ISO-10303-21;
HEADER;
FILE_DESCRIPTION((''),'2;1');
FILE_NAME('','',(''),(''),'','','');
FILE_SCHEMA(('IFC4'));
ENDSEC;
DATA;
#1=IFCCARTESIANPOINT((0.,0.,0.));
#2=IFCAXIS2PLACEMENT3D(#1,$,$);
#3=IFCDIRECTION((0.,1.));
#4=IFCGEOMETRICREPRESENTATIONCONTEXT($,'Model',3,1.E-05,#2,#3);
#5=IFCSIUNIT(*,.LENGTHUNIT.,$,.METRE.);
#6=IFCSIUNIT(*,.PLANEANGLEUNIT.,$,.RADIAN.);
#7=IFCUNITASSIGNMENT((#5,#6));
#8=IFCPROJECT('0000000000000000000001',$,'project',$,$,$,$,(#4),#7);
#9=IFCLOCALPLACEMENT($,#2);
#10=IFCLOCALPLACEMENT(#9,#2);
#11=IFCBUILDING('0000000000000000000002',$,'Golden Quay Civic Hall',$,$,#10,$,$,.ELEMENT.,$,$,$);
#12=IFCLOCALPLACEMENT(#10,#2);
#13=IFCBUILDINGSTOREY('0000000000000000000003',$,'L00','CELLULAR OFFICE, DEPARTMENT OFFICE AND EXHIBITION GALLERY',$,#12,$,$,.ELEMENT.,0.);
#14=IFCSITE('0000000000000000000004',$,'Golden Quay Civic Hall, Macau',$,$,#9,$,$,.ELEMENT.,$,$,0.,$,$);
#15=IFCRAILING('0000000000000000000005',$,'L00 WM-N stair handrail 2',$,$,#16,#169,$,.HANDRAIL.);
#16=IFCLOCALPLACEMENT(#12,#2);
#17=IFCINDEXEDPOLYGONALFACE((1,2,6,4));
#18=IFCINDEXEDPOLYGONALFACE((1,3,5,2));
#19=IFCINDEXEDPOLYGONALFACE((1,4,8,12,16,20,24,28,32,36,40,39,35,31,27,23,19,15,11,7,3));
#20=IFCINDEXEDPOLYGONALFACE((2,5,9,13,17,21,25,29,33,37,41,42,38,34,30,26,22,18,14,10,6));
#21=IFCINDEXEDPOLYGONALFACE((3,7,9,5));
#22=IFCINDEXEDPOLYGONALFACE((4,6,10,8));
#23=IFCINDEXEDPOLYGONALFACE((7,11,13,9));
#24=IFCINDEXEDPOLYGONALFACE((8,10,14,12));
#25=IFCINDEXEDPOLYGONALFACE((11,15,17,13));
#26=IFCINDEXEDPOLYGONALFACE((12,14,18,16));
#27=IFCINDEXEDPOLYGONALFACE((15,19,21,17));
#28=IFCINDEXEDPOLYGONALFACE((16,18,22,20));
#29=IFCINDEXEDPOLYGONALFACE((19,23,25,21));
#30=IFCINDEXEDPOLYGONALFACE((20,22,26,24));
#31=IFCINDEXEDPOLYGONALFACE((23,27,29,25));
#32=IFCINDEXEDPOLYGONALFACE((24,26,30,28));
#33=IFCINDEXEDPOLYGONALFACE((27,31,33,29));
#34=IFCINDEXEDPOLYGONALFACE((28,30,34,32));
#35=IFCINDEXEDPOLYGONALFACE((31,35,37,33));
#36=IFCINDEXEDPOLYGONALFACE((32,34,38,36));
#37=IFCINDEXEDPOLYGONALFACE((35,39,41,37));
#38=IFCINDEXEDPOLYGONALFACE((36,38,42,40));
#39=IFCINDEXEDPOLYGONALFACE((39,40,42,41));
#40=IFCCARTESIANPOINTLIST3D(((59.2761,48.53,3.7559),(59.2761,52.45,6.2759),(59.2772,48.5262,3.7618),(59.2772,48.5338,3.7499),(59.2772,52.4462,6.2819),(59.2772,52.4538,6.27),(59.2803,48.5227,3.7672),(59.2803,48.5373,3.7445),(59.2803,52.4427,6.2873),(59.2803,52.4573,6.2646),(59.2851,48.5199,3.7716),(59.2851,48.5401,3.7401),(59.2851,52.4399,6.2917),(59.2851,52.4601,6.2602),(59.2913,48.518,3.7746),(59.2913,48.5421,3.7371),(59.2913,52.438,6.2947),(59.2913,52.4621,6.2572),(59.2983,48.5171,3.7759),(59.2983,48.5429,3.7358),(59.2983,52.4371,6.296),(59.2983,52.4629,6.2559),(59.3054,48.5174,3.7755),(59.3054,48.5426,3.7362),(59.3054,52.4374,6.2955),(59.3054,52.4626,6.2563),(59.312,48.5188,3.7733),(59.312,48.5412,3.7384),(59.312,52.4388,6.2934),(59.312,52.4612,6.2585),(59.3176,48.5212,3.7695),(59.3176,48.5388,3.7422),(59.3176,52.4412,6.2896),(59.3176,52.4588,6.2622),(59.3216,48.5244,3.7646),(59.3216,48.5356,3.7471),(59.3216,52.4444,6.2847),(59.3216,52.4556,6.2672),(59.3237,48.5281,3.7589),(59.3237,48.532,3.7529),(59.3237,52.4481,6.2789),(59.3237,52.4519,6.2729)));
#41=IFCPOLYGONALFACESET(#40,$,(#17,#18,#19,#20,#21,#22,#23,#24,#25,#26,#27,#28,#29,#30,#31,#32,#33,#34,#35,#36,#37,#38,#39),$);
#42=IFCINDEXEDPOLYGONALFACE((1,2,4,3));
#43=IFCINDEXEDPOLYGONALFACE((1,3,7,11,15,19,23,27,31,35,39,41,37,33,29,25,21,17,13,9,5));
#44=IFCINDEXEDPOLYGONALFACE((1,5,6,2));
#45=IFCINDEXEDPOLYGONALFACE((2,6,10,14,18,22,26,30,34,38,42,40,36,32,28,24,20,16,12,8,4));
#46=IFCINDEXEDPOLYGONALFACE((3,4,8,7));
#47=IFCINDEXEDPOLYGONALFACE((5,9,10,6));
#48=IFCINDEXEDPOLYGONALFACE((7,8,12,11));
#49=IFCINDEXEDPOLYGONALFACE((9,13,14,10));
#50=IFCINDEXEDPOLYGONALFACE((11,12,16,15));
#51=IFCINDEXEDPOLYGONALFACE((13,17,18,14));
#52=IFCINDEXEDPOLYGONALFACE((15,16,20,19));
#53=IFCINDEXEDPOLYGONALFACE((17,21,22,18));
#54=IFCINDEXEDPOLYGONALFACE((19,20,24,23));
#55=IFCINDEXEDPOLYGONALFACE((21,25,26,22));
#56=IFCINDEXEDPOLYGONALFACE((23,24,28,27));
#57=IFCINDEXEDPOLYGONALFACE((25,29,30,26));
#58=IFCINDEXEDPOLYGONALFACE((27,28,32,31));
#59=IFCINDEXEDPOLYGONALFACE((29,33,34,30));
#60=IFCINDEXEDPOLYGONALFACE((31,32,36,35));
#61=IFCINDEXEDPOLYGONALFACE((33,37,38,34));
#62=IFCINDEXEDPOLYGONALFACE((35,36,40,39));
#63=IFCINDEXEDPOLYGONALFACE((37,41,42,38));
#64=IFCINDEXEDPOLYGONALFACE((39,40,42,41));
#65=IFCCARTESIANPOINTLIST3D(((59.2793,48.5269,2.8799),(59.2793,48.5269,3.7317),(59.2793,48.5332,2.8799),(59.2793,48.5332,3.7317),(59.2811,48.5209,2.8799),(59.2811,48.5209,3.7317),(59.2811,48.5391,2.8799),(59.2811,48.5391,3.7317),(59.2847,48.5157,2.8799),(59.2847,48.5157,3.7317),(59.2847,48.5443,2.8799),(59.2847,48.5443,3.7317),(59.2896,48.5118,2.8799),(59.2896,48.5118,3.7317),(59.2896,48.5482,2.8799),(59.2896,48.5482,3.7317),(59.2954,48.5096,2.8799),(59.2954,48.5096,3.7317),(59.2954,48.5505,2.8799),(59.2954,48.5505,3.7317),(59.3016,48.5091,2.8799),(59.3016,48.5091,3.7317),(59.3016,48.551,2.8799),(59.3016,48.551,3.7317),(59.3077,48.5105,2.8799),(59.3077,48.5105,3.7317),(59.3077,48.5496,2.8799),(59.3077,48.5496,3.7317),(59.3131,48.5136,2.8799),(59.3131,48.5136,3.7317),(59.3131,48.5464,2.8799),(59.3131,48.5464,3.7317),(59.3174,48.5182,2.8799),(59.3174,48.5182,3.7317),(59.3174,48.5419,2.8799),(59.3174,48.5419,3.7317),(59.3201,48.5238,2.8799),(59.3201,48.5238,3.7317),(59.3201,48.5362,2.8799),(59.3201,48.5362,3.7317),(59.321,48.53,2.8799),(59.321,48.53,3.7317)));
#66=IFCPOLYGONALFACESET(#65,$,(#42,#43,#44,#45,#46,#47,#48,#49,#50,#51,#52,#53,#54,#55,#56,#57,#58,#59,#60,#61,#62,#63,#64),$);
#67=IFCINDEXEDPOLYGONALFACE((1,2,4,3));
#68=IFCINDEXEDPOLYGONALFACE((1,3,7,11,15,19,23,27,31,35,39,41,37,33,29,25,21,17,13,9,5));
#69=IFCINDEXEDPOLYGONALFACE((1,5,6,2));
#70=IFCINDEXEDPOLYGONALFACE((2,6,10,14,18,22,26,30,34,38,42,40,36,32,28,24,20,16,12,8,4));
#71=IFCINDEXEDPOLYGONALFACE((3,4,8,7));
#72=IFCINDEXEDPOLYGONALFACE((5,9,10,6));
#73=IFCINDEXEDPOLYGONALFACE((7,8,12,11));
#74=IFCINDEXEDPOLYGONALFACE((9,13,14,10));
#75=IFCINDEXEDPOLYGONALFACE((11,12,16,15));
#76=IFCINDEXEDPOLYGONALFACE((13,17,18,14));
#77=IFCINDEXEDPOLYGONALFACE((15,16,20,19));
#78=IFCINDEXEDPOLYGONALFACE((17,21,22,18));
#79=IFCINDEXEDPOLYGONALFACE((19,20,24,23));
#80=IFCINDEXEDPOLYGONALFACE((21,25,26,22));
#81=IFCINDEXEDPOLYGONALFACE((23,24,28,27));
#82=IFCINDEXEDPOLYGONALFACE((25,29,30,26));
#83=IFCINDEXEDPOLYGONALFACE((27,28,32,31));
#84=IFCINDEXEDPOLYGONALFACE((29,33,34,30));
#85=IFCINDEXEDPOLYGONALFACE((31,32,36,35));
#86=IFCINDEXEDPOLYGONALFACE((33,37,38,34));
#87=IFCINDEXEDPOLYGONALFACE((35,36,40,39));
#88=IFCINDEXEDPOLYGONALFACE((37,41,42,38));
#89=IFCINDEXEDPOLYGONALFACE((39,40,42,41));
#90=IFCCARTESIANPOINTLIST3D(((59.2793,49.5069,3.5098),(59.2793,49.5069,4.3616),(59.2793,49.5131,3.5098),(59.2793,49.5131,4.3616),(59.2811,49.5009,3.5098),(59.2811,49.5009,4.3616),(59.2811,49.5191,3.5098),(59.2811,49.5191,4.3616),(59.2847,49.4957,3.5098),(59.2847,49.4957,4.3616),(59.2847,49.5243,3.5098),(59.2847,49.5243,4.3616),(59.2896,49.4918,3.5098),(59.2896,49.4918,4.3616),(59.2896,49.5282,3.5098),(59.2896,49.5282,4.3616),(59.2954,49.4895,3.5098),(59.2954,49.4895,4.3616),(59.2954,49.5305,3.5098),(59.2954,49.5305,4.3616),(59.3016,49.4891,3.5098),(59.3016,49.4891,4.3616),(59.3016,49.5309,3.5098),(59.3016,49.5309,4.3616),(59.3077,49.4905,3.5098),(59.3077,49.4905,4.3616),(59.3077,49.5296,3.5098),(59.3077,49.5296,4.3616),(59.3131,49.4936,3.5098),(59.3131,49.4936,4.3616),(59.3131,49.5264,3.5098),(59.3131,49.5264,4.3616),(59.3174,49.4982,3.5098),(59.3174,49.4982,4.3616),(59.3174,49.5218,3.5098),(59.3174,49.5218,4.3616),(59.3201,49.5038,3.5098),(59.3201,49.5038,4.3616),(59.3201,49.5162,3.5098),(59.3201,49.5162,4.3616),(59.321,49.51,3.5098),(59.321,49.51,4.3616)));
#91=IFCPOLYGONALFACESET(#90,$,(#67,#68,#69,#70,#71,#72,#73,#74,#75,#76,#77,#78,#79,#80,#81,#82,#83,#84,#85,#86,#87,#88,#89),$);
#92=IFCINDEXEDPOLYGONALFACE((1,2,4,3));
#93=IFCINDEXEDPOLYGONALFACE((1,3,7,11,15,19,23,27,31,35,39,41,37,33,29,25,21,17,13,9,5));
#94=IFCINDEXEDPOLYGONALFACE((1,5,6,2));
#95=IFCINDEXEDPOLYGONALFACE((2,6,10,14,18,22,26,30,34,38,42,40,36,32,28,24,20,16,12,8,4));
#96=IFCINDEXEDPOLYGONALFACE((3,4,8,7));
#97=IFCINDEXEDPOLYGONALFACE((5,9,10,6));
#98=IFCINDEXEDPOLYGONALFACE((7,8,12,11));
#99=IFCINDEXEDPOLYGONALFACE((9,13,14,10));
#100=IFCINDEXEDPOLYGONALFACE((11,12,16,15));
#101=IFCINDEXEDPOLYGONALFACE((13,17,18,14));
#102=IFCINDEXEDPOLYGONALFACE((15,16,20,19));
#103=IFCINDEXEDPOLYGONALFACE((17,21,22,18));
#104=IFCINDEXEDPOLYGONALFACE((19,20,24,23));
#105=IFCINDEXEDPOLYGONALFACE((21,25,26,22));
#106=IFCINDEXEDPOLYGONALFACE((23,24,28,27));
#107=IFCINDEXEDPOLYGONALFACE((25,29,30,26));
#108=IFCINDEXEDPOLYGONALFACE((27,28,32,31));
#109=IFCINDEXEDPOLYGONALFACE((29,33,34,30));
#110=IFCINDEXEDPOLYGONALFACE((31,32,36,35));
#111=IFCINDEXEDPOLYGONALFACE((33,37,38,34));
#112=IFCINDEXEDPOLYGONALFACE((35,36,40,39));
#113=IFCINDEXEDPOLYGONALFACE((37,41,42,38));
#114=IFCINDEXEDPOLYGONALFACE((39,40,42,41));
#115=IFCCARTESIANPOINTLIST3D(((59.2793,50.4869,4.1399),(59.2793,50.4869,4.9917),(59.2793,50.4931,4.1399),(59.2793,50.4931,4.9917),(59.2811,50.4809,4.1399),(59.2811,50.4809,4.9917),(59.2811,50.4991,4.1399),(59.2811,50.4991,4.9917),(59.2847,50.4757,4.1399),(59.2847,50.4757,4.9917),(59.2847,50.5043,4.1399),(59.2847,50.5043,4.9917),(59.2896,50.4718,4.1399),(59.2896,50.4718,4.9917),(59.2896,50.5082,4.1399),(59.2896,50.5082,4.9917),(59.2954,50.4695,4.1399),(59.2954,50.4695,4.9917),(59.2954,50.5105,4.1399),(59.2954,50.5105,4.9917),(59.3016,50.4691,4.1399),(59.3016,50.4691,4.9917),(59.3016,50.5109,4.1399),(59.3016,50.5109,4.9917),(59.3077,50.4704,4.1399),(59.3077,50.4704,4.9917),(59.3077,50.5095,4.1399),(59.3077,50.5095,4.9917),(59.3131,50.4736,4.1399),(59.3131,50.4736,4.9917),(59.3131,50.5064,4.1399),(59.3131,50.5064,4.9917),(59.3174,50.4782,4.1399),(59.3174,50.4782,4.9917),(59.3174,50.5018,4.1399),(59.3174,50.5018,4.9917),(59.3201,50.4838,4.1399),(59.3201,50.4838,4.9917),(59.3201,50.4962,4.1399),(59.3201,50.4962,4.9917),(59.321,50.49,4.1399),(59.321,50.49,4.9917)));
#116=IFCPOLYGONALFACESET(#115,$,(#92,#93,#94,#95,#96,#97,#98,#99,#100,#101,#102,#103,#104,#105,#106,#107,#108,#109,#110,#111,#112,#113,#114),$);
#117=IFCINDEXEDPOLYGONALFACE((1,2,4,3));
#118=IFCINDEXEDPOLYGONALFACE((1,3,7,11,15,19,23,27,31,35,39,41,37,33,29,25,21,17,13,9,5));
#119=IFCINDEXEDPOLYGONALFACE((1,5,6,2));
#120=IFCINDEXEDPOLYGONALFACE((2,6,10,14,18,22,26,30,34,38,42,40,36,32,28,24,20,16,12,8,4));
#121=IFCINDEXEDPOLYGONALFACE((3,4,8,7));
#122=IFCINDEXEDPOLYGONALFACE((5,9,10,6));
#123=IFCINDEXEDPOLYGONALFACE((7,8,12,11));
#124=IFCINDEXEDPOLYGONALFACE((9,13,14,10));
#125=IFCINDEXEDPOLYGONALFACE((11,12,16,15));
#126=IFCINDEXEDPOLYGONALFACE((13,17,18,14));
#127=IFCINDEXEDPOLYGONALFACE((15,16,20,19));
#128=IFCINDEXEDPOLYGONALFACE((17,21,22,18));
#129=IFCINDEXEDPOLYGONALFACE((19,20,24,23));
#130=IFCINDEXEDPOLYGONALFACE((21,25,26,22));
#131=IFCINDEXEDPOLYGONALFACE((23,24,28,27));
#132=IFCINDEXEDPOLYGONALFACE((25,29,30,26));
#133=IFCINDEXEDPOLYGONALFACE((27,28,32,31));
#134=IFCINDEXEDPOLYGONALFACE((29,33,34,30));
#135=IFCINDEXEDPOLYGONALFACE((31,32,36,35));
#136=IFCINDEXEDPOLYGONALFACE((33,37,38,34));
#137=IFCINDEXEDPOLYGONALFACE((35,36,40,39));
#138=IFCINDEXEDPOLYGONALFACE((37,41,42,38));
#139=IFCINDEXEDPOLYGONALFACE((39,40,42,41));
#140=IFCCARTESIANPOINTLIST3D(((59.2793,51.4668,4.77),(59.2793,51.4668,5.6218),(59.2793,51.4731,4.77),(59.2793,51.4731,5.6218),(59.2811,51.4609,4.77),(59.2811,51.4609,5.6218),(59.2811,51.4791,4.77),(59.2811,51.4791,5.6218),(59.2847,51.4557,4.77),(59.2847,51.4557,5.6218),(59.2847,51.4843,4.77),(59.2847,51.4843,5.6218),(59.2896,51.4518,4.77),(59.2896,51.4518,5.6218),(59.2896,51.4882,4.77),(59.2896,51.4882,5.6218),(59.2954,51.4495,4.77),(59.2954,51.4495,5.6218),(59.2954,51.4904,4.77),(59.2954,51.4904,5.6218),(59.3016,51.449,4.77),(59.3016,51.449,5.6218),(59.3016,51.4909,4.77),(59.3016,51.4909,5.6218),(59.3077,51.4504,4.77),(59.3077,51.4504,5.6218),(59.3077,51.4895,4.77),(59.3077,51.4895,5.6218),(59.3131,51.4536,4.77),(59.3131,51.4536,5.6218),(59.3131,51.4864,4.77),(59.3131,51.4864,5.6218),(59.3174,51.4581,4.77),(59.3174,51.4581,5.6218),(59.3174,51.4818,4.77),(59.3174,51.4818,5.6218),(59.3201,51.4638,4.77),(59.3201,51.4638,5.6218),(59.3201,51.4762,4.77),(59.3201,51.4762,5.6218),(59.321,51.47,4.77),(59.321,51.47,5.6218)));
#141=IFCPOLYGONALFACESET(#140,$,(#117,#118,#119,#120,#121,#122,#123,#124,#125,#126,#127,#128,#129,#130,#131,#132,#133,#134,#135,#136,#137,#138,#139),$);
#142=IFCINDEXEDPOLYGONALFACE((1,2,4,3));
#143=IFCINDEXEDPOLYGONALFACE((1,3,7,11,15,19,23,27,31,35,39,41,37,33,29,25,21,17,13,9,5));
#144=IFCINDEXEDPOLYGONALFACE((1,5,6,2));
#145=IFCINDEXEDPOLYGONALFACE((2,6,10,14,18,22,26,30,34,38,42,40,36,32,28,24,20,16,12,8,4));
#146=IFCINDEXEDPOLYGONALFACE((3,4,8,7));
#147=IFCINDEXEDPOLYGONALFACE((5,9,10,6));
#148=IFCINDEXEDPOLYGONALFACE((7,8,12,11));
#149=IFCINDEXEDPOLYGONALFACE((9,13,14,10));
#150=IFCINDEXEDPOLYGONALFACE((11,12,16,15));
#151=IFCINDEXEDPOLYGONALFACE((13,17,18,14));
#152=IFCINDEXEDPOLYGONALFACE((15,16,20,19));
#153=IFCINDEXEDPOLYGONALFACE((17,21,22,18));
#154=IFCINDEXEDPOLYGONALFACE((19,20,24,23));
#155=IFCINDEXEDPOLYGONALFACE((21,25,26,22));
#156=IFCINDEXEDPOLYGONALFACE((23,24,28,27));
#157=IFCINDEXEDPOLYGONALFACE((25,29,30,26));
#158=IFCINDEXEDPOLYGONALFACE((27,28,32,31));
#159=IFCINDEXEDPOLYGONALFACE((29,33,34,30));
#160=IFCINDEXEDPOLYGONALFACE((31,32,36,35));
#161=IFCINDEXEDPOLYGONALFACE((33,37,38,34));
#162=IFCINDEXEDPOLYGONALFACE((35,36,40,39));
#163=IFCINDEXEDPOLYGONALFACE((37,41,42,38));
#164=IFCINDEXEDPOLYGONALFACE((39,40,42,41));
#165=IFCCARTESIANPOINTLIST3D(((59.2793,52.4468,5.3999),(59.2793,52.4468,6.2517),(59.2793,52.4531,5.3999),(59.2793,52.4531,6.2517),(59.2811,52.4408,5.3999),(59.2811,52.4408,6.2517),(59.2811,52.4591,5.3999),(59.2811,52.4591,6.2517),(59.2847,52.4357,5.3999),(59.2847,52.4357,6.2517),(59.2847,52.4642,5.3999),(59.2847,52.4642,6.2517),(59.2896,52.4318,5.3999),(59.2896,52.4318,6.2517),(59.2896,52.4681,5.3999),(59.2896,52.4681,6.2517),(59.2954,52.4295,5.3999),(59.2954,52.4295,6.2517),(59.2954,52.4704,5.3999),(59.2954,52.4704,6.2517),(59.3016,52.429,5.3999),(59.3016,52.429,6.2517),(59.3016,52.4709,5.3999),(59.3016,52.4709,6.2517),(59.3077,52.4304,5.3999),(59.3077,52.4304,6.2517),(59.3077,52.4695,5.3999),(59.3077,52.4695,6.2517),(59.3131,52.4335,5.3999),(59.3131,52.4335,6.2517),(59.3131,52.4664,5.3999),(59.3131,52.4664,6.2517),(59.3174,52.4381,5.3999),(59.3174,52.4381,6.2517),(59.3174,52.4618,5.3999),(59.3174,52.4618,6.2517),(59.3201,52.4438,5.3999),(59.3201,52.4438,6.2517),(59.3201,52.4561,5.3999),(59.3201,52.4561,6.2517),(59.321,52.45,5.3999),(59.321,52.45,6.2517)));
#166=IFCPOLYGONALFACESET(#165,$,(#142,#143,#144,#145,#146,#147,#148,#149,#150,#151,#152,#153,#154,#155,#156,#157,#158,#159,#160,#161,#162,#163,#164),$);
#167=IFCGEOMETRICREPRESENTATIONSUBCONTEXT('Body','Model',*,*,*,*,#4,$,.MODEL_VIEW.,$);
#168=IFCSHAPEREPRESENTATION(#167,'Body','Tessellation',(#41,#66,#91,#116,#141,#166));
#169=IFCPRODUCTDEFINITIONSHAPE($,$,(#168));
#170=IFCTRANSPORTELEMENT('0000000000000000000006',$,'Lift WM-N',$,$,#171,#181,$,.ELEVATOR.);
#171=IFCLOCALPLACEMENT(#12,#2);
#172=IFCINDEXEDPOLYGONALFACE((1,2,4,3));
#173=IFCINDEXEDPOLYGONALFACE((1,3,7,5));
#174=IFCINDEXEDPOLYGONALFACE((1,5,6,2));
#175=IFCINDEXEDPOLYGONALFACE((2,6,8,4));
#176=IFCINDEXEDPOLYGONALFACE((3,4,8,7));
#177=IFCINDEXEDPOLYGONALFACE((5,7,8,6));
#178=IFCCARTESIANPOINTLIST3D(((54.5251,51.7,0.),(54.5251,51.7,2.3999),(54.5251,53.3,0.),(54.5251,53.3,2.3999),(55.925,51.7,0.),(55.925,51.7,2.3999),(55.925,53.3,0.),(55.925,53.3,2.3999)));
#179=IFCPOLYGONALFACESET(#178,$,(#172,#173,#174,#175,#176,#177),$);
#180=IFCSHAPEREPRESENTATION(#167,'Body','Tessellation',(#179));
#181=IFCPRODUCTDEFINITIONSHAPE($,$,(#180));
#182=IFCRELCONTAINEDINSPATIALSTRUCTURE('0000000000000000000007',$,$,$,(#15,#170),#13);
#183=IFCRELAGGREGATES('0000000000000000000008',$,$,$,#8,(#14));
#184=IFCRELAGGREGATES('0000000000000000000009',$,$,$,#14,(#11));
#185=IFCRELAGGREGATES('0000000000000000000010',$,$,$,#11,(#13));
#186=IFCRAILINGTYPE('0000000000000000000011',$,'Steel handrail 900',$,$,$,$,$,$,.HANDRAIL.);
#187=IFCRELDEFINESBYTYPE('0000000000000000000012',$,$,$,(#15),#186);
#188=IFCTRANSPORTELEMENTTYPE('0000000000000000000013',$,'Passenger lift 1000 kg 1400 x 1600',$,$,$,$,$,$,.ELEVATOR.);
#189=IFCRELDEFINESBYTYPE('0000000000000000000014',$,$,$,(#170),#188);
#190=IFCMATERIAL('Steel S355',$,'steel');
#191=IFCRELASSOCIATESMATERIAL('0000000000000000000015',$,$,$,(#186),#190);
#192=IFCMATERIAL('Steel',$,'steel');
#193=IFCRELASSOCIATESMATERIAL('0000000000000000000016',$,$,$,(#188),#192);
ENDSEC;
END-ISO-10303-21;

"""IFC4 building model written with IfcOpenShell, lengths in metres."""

from ifc_helpers import new_model, si_unit, direction, frame, origin, origin_2d, place, context, subcontext, project, spatial, rectangle, circle, extrude, material, type_object, element, save


model = new_model("IFC4")

# Units and contexts
model_context = context("Model", 3, precision=1e-05, world=origin(), true_north=direction((0.0, 1.0)))
body_context = subcontext(model_context, "Body", "Model", "MODEL_VIEW")
ifc_project = project(units=[si_unit("LENGTHUNIT", "METRE"), si_unit("PLANEANGLEUNIT", "RADIAN")], contexts=[model_context])

# Site, building, storey
site_placement = place(None, origin())
site = spatial("IfcSite", under=ifc_project, at=site_placement, Name="Golden Quay Civic Hall, Macau", CompositionType="ELEMENT", RefElevation=0.0)
building_placement = place(site_placement, origin())
building = spatial("IfcBuilding", under=site, at=building_placement, Name="Golden Quay Civic Hall", CompositionType="ELEMENT")
storey_placement = place(building_placement, origin())
storey = spatial("IfcBuildingStorey", under=building, at=storey_placement, Name="L00", Description="CELLULAR OFFICE, DEPARTMENT OFFICE AND EXHIBITION GALLERY", CompositionType="ELEMENT", Elevation=0.0)

# Railing
ifc_material_1 = material(Name="Steel S355", Category="steel")
railing_type_1 = type_object("IfcRailingType", Name="Steel handrail 900", PredefinedType="HANDRAIL", material=ifc_material_1)
railing_1_placement = place(storey_placement, frame((59.3, 48.53, 2.8799)))
element("IfcRailing", 1, at=railing_1_placement, inside=storey, type_object=railing_type_1, Name="L00 WM-N stair handrail 2", PredefinedType="HANDRAIL", context=body_context, shape_type="SweptSolid", body=[
    extrude(circle(Radius=0.0239, at=origin_2d()), frame((0.0, 0.0, 0.876), z_axis=(0.0, 0.841172, 0.540768), x_axis=(-1.0, 0.0, 0.0)), (0.0, 0.0, 1.0), 4.6602),
    extrude(circle(Radius=0.021, at=origin_2d()), origin(), (0.0, 0.0, 1.0), 0.8518),
    extrude(circle(Radius=0.021, at=origin_2d()), frame((0.0, 0.98, 0.6299)), (0.0, 0.0, 1.0), 0.8518),
    extrude(circle(Radius=0.021, at=origin_2d()), frame((0.0, 1.96, 1.26)), (0.0, 0.0, 1.0), 0.8518),
    extrude(circle(Radius=0.021, at=origin_2d()), frame((0.0, 2.9399, 1.8901)), (0.0, 0.0, 1.0), 0.8518),
    extrude(circle(Radius=0.021, at=origin_2d()), frame((0.0, 3.9199, 2.52)), (0.0, 0.0, 1.0), 0.8518),
])

# Transport element
ifc_material_2 = material(Name="Steel", Category="steel")
transport_element_type = type_object("IfcTransportElementType", Name="Passenger lift 1000 kg 1400 x 1600", PredefinedType="ELEVATOR", material=ifc_material_2)
transport_element_placement = place(storey_placement, frame((55.2251, 52.5, 0.0), z_axis=(0.0, 0.0, 1.0), x_axis=(1.0, 0.0, 0.0)))
element("IfcTransportElement", 2, at=transport_element_placement, inside=storey, type_object=transport_element_type, Name="Lift WM-N", PredefinedType="ELEVATOR", context=body_context, shape_type="SweptSolid", body=[
    extrude(rectangle(XDim=1.3999, YDim=1.6001, at=origin_2d()), origin(), (0.0, 0.0, 1.0), 2.3999),
])

save(model, "model.ifc")
